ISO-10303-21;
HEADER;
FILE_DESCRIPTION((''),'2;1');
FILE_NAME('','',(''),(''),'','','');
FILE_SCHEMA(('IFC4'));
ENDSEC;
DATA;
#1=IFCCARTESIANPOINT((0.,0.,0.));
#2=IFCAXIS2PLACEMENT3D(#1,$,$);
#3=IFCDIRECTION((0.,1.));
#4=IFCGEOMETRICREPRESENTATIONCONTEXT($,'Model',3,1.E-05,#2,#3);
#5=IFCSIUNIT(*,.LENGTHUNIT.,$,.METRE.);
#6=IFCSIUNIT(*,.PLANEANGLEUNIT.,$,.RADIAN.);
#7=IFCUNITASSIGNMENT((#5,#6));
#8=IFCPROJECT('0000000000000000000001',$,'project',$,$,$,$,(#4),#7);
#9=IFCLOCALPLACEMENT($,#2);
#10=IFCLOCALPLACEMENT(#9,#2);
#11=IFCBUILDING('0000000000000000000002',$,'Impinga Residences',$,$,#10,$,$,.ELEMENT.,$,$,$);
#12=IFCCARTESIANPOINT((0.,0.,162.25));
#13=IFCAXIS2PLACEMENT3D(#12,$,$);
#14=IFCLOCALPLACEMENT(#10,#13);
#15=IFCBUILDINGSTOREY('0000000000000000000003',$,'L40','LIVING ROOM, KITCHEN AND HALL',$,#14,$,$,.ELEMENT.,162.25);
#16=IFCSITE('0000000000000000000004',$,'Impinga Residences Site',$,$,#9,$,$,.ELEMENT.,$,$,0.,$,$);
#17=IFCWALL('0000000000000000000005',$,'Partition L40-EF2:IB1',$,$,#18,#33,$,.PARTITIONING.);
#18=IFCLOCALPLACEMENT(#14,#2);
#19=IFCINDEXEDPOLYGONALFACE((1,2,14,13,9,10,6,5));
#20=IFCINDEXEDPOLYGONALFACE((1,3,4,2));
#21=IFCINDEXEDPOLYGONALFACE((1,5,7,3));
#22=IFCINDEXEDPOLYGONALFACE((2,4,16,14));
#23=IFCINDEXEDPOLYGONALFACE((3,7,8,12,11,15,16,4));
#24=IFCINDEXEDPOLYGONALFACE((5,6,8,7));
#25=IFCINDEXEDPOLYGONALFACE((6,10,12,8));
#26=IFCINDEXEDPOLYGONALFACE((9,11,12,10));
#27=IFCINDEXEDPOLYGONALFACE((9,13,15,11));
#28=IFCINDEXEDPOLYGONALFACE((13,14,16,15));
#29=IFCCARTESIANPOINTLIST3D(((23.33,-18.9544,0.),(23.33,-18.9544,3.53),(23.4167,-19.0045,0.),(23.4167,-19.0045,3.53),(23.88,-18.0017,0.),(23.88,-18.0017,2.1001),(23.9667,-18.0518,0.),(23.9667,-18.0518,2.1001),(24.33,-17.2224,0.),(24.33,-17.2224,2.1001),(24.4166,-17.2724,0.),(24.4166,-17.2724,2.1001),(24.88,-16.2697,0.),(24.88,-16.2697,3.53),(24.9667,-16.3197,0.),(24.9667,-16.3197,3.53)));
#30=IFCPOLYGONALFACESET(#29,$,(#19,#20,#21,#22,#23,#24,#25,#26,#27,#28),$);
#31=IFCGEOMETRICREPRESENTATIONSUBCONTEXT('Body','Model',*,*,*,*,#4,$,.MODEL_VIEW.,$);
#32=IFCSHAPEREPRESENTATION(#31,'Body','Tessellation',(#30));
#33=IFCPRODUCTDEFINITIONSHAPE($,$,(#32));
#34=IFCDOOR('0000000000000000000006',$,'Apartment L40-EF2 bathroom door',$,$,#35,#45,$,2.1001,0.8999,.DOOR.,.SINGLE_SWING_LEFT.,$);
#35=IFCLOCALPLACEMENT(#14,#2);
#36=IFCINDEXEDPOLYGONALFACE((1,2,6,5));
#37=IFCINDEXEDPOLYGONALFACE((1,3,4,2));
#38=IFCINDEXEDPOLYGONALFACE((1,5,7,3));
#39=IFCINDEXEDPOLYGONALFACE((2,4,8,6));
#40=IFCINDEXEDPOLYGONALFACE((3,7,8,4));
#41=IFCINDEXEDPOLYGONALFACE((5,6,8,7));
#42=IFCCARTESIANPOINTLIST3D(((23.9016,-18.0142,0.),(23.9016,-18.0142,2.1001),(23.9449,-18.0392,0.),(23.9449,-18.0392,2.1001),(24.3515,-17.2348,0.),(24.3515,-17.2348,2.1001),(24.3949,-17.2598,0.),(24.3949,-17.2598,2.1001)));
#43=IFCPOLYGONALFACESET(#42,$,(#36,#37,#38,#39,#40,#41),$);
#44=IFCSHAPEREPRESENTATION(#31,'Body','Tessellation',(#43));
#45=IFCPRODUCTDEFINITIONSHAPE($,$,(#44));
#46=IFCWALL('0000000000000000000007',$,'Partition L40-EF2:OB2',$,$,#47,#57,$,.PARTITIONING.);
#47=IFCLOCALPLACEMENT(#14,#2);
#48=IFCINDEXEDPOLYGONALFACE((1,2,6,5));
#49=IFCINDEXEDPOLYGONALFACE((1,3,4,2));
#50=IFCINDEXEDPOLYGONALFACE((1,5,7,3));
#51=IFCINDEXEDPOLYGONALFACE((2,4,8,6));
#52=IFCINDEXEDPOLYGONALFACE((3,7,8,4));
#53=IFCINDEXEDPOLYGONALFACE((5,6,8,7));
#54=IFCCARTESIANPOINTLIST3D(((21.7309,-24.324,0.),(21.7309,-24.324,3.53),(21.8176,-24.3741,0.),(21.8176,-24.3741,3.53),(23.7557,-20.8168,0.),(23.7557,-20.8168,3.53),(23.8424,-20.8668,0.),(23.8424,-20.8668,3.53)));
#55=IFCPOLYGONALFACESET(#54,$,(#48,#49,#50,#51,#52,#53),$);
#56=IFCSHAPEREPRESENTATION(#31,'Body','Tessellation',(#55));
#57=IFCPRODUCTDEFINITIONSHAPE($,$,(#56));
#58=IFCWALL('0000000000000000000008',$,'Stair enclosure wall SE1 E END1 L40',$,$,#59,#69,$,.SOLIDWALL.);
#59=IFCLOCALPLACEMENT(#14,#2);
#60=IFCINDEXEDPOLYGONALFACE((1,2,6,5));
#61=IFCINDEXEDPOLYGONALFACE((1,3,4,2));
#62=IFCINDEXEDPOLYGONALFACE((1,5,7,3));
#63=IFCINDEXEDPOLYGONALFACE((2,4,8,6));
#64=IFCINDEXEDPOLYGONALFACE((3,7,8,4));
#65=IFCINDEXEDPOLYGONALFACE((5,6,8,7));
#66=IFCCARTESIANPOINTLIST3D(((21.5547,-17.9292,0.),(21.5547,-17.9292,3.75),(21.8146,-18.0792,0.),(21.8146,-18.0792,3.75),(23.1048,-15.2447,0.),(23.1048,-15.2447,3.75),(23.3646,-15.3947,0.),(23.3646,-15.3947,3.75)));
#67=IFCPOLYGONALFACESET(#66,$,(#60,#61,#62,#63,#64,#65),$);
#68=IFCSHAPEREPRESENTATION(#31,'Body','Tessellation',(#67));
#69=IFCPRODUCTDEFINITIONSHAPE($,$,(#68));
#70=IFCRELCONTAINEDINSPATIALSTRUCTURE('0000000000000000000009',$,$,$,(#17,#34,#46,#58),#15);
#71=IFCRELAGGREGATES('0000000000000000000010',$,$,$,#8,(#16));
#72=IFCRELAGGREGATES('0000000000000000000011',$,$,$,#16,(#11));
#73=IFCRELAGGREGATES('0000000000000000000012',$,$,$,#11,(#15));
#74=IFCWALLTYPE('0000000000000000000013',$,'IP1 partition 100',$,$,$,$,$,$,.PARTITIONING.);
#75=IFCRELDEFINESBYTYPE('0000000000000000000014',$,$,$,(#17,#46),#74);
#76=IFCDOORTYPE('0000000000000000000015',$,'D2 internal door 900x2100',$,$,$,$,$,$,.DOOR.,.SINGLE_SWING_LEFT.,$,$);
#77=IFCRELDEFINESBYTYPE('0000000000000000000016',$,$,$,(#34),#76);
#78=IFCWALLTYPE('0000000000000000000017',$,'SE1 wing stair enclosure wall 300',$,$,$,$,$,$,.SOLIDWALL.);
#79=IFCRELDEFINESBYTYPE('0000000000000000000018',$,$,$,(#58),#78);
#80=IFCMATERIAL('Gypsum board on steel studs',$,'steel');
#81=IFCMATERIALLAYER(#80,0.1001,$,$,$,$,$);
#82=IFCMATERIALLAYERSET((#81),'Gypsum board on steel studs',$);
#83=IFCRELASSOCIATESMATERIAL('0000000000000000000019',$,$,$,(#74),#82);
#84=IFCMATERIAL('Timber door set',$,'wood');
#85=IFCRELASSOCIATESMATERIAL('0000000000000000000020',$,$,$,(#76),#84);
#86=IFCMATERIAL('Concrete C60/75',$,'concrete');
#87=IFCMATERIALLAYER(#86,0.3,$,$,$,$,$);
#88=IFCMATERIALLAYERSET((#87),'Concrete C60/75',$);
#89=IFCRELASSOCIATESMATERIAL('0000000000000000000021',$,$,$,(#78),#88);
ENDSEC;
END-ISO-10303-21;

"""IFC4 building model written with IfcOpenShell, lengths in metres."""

from ifc_helpers import new_model, si_unit, direction, frame, frame_2d, origin, place, context, subcontext, project, spatial, rectangle, extrude, material, layer, layer_set, type_object, element, fill, save


model = new_model("IFC4")

# Units and contexts
model_context = context("Model", 3, precision=1e-05, world=origin(), true_north=direction((0.0, 1.0)))
body_context = subcontext(model_context, "Body", "Model", "MODEL_VIEW")
ifc_project = project(units=[si_unit("LENGTHUNIT", "METRE"), si_unit("PLANEANGLEUNIT", "RADIAN")], contexts=[model_context])

# Site, building, storey
site_placement = place(None, origin())
site = spatial("IfcSite", under=ifc_project, at=site_placement, Name="Impinga Residences Site", CompositionType="ELEMENT", RefElevation=0.0)
building_placement = place(site_placement, origin())
building = spatial("IfcBuilding", under=site, at=building_placement, Name="Impinga Residences", CompositionType="ELEMENT")
storey_placement = place(building_placement, frame((0.0, 0.0, 162.25)))
storey = spatial("IfcBuildingStorey", under=building, at=storey_placement, Name="L40", Description="LIVING ROOM, KITCHEN AND HALL", CompositionType="ELEMENT", Elevation=162.25)

# Shared definitions
ifc_material_1 = material(Name="Concrete C60/75", Category="concrete")

# Shared definitions
ifc_material_2 = material(Name="Gypsum board on steel studs", Category="steel")
ifc_layer_1 = layer(ifc_material_2, 0.1001)
ifc_layer_set_1 = layer_set([ifc_layer_1], Name="Gypsum board on steel studs")
wall_type_1 = type_object("IfcWallType", Name="IP1 partition 100", PredefinedType="PARTITIONING", material=ifc_layer_set_1)

# Wall, opening, door
wall_1_placement = place(storey_placement, frame((24.9233, -16.2947, 0.0), z_axis=(0.0, 0.0, 1.0), x_axis=(-0.499993, -0.86603, 0.0)))
wall_1 = element("IfcWall", 1, at=wall_1_placement, inside=storey, type_object=wall_type_1, Name="Partition L40-EF2:IB1", PredefinedType="PARTITIONING", context=body_context, shape_type="SweptSolid", body=[
    extrude(rectangle(XDim=3.1001, YDim=0.1001, at=frame_2d((1.55, 0.0))), origin(), (0.0, 0.0, 1.0), 3.53),
])
opening_1_placement = place(wall_1_placement, frame((1.1001, 0.0, 0.0)))
opening_1 = element("IfcOpeningElement", 2, at=opening_1_placement, cuts=wall_1, PredefinedType="OPENING", context=body_context, shape_type="SweptSolid", body=[
    extrude(rectangle(XDim=0.8999, YDim=2.1001, at=frame_2d((0.45, 1.05))), frame((0.0, 0.0601, 0.0), z_axis=(0.0, -1.0, 0.0), x_axis=(1.0, 0.0, 0.0)), (0.0, 0.0, 1.0), 0.1201),
])
ifc_material_3 = material(Name="Timber door set", Category="wood")
door_type = type_object("IfcDoorType", Name="D2 internal door 900x2100", OperationType="SINGLE_SWING_LEFT", PredefinedType="DOOR", material=ifc_material_3)
door_placement = place(opening_1_placement, origin())
door = element("IfcDoor", 3, at=door_placement, inside=storey, type_object=door_type, Name="Apartment L40-EF2 bathroom door", OperationType="SINGLE_SWING_LEFT", OverallHeight=2.1001, OverallWidth=0.8999, PredefinedType="DOOR", context=body_context, shape_type="SweptSolid", body=[
    extrude(rectangle(XDim=0.8999, YDim=2.1001, at=frame_2d((0.45, 1.05))), frame((0.0, 0.0249, 0.0), z_axis=(0.0, -1.0, 0.0), x_axis=(1.0, 0.0, 0.0)), (0.0, 0.0, 1.0), 0.05),
])
fill(opening_1, door)

# Walls
wall_2_placement = place(storey_placement, frame((23.7991, -20.8418, 0.0), z_axis=(0.0, 0.0, 1.0), x_axis=(-0.49999, -0.866031, 0.0)))
element("IfcWall", 4, at=wall_2_placement, inside=storey, type_object=wall_type_1, Name="Partition L40-EF2:OB2", PredefinedType="PARTITIONING", context=body_context, shape_type="SweptSolid", body=[
    extrude(rectangle(XDim=4.0498, YDim=0.1001, at=frame_2d((2.0249, 0.0))), origin(), (0.0, 0.0, 1.0), 3.53),
])
ifc_layer_2 = layer(ifc_material_1, 0.3)
ifc_layer_set_2 = layer_set([ifc_layer_2], Name="Concrete C60/75")
wall_type_2 = type_object("IfcWallType", Name="SE1 wing stair enclosure wall 300", PredefinedType="SOLIDWALL", material=ifc_layer_set_2)
wall_3_placement = place(storey_placement, frame((23.2346, -15.3198, 0.0), z_axis=(0.0, 0.0, 1.0), x_axis=(-0.500027, -0.86601, 0.0)))
element("IfcWall", 5, at=wall_3_placement, inside=storey, type_object=wall_type_2, Name="Stair enclosure wall SE1 E END1 L40", PredefinedType="SOLIDWALL", context=body_context, shape_type="SweptSolid", body=[
    extrude(rectangle(XDim=3.0999, YDim=0.3, at=frame_2d((1.5498, 0.0))), origin(), (0.0, 0.0, 1.0), 3.75),
])

save(model, "model.ifc")
